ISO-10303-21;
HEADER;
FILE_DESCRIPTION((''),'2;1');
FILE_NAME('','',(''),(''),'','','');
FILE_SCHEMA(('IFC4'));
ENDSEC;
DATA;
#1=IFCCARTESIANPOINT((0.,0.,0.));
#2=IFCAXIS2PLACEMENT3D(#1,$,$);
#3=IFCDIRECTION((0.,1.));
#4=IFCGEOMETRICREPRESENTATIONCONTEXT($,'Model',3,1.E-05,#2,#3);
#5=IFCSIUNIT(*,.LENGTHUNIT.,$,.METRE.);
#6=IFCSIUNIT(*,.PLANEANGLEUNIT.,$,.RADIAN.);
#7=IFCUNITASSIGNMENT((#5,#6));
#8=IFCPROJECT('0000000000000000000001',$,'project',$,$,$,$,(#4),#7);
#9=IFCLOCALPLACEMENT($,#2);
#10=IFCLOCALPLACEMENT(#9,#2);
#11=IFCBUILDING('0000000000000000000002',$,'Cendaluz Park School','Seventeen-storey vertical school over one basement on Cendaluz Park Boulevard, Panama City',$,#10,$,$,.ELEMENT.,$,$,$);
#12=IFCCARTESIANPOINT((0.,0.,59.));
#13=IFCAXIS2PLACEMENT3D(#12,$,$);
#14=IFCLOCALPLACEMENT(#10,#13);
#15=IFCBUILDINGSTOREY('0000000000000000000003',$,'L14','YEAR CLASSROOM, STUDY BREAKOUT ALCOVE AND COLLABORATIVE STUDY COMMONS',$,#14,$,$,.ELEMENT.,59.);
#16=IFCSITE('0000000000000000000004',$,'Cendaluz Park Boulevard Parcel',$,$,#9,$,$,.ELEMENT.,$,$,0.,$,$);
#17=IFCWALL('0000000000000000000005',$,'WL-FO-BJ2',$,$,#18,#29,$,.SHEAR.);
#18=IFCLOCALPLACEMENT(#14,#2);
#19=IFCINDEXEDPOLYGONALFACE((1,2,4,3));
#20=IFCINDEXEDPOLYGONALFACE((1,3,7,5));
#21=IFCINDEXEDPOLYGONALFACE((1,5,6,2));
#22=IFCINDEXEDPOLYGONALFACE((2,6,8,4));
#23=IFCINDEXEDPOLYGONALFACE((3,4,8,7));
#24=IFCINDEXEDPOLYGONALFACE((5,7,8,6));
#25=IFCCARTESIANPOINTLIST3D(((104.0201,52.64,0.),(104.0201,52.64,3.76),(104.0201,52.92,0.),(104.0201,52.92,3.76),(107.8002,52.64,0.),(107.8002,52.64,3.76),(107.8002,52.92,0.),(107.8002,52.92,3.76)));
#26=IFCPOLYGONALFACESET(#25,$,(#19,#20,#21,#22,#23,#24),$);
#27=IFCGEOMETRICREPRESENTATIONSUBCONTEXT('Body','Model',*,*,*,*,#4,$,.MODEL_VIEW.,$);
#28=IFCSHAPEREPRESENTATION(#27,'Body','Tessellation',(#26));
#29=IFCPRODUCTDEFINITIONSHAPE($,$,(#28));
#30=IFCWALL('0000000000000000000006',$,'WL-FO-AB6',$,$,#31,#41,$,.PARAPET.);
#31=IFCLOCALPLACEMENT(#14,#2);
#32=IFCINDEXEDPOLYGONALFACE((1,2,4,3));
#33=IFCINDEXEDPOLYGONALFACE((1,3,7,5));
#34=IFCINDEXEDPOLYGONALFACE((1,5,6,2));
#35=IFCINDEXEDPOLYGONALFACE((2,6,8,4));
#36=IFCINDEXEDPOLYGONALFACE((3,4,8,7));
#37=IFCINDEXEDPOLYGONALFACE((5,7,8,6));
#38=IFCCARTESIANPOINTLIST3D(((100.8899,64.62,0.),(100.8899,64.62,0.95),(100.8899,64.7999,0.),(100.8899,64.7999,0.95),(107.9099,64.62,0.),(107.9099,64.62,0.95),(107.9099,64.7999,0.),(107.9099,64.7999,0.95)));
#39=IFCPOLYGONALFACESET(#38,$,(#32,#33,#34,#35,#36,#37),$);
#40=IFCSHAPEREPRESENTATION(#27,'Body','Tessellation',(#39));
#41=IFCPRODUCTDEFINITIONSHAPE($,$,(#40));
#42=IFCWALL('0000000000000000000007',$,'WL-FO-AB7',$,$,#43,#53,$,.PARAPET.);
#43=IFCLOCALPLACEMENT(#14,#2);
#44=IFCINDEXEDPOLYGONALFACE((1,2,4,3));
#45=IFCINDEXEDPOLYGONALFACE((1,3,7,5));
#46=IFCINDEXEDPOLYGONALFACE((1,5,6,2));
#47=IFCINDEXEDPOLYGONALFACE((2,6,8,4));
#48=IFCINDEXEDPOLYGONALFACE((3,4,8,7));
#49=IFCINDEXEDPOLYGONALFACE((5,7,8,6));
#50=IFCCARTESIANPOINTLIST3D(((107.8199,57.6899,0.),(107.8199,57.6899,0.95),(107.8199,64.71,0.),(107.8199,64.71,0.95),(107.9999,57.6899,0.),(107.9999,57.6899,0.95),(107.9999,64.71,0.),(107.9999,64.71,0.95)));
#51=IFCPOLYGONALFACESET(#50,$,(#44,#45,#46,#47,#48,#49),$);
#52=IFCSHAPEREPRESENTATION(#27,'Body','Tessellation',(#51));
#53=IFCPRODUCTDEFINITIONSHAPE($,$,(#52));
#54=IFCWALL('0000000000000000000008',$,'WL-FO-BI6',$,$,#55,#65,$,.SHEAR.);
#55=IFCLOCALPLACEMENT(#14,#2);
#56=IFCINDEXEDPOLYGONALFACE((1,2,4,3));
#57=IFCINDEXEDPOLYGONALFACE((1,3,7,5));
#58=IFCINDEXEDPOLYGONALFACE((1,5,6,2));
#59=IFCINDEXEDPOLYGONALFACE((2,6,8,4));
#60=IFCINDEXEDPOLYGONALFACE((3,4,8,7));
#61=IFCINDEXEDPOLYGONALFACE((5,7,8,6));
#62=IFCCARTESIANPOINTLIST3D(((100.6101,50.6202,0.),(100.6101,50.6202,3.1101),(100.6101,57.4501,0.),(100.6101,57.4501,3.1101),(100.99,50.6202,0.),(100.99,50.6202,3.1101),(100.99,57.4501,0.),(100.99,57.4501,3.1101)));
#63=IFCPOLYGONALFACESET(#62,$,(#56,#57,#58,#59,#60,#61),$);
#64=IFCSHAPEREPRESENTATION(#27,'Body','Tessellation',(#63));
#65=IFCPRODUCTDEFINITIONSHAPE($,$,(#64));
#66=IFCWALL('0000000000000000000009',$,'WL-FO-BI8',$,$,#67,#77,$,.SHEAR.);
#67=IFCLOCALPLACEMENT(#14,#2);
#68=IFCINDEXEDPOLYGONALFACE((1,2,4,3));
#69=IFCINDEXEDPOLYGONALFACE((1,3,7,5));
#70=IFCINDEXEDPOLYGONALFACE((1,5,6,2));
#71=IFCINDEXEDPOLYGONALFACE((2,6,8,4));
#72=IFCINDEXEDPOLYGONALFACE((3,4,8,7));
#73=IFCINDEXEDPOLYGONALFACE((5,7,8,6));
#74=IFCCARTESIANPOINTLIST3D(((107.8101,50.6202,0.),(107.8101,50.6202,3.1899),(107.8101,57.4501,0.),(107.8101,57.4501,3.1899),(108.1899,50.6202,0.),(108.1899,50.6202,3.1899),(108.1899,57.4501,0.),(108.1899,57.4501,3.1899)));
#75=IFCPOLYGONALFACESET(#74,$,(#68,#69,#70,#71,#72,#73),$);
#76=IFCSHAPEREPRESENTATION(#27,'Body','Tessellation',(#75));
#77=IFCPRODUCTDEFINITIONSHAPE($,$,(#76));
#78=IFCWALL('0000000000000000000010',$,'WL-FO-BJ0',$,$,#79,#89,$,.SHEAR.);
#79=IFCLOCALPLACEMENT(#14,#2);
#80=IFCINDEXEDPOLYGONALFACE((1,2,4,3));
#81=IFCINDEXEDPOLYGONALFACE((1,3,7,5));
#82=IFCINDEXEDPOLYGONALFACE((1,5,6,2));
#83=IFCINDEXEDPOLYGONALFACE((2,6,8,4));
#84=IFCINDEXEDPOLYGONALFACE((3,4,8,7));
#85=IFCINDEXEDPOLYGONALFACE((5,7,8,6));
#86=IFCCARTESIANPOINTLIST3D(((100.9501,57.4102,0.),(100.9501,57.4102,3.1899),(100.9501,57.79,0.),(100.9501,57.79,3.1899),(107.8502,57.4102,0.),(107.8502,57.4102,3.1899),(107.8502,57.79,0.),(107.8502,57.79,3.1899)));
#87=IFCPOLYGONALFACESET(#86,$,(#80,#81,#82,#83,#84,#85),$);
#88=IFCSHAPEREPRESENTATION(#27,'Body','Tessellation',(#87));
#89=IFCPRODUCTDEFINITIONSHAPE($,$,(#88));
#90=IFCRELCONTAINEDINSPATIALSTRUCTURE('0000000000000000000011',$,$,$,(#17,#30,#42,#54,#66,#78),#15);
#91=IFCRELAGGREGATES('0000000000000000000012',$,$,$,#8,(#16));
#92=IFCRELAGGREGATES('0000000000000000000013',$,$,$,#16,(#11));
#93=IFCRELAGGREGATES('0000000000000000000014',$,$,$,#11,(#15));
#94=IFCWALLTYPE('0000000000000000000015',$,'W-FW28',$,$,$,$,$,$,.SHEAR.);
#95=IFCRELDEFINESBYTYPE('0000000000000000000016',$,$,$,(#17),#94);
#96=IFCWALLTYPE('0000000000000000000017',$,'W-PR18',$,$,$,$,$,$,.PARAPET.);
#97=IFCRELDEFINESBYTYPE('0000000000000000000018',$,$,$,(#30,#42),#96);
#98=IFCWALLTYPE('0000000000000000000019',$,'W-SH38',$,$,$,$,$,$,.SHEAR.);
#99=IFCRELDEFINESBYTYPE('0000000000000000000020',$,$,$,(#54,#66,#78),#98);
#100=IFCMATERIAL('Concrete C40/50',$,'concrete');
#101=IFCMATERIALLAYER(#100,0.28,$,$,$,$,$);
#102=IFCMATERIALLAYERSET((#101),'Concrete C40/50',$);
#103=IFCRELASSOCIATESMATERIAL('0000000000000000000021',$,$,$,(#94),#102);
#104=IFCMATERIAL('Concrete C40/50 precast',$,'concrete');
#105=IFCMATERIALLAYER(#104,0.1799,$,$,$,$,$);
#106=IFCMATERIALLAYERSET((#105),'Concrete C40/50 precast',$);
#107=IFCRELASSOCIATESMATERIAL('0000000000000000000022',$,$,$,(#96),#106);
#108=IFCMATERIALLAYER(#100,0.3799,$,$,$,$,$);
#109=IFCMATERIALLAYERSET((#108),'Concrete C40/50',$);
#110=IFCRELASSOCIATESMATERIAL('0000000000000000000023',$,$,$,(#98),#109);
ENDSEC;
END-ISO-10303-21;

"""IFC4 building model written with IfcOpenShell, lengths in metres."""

from ifc_helpers import new_model, si_unit, direction, frame, frame_2d, origin, place, context, subcontext, project, spatial, rectangle, extrude, material, layer, layer_set, type_object, element, save


model = new_model("IFC4")

# Units and contexts
model_context = context("Model", 3, precision=1e-05, world=origin(), true_north=direction((0.0, 1.0)))
body_context = subcontext(model_context, "Body", "Model", "MODEL_VIEW")
ifc_project = project(units=[si_unit("LENGTHUNIT", "METRE"), si_unit("PLANEANGLEUNIT", "RADIAN")], contexts=[model_context])

# Site, building, storey
site_placement = place(None, origin())
site = spatial("IfcSite", under=ifc_project, at=site_placement, Name="Cendaluz Park Boulevard Parcel", CompositionType="ELEMENT", RefElevation=0.0)
building_placement = place(site_placement, origin())
building = spatial("IfcBuilding", under=site, at=building_placement, Name="Cendaluz Park School", Description="Seventeen-storey vertical school over one basement on Cendaluz Park Boulevard, Panama City", CompositionType="ELEMENT")
storey_placement = place(building_placement, frame((0.0, 0.0, 59.0)))
storey = spatial("IfcBuildingStorey", under=building, at=storey_placement, Name="L14", Description="YEAR CLASSROOM, STUDY BREAKOUT ALCOVE AND COLLABORATIVE STUDY COMMONS", CompositionType="ELEMENT", Elevation=59.0)

# Wall
ifc_material_1 = material(Name="Concrete C40/50", Category="concrete")
ifc_layer_1 = layer(ifc_material_1, 0.28)
ifc_layer_set_1 = layer_set([ifc_layer_1], Name="Concrete C40/50")
wall_type_1 = type_object("IfcWallType", Name="W-FW28", PredefinedType="SHEAR", material=ifc_layer_set_1)
wall_1_placement = place(storey_placement, frame((104.02, 52.78, 0.0), z_axis=(0.0, 0.0, 1.0), x_axis=(1.0, 0.0, 0.0)))
element("IfcWall", 1, at=wall_1_placement, inside=storey, type_object=wall_type_1, Name="WL-FO-BJ2", PredefinedType="SHEAR", context=body_context, shape_type="SweptSolid", body=[
    extrude(rectangle(XDim=3.78, YDim=0.28, at=frame_2d((1.8901, 0.0))), origin(), (0.0, 0.0, 1.0), 3.76),
])

# Walls
ifc_material_2 = material(Name="Concrete C40/50 precast", Category="concrete")
ifc_layer_2 = layer(ifc_material_2, 0.1799)
ifc_layer_set_2 = layer_set([ifc_layer_2], Name="Concrete C40/50 precast")
wall_type_2 = type_object("IfcWallType", Name="W-PR18", PredefinedType="PARAPET", material=ifc_layer_set_2)
for number, where, z_axis, x_axis, name in (
    (2, (100.8899, 64.71, 0.0), (0.0, 0.0, 1.0), (1.0, 0.0, 0.0), "WL-FO-AB6"),
    (3, (107.9099, 57.6899, 0.0), (0.0, 0.0, 1.0), (0.0, 1.0, 0.0), "WL-FO-AB7"),
):
    element("IfcWall", number, at=place(storey_placement, frame(where, z_axis=z_axis, x_axis=x_axis)), inside=storey, type_object=wall_type_2, Name=name, PredefinedType="PARAPET", context=body_context, shape_type="SweptSolid", body=[
        extrude(rectangle(XDim=7.02, YDim=0.1799, at=frame_2d((3.51, 0.0))), origin(), (0.0, 0.0, 1.0), 0.95),
    ])
ifc_layer_3 = layer(ifc_material_1, 0.3799)
ifc_layer_set_3 = layer_set([ifc_layer_3], Name="Concrete C40/50")
wall_type_3 = type_object("IfcWallType", Name="W-SH38", PredefinedType="SHEAR", material=ifc_layer_set_3)
wall_2_placement = place(storey_placement, frame((100.8, 50.6201, 0.0), z_axis=(0.0, 0.0, 1.0), x_axis=(0.0, 1.0, 0.0)))
element("IfcWall", 4, at=wall_2_placement, inside=storey, type_object=wall_type_3, Name="WL-FO-BI6", PredefinedType="SHEAR", context=body_context, shape_type="SweptSolid", body=[
    extrude(rectangle(XDim=6.8298, YDim=0.3799, at=frame_2d((3.415, 0.0))), origin(), (0.0, 0.0, 1.0), 3.1101),
])
wall_3_placement = place(storey_placement, frame((108.0, 50.6201, 0.0), z_axis=(0.0, 0.0, 1.0), x_axis=(0.0, 1.0, 0.0)))
element("IfcWall", 5, at=wall_3_placement, inside=storey, type_object=wall_type_3, Name="WL-FO-BI8", PredefinedType="SHEAR", context=body_context, shape_type="SweptSolid", body=[
    extrude(rectangle(XDim=6.8298, YDim=0.3799, at=frame_2d((3.415, 0.0))), origin(), (0.0, 0.0, 1.0), 3.1899),
])
wall_4_placement = place(storey_placement, frame((100.95, 57.6001, 0.0), z_axis=(0.0, 0.0, 1.0), x_axis=(1.0, 0.0, 0.0)))
element("IfcWall", 6, at=wall_4_placement, inside=storey, type_object=wall_type_3, Name="WL-FO-BJ0", PredefinedType="SHEAR", context=body_context, shape_type="SweptSolid", body=[
    extrude(rectangle(XDim=6.9001, YDim=0.3799, at=frame_2d((3.4502, 0.0))), origin(), (0.0, 0.0, 1.0), 3.1899),
])

save(model, "model.ifc")
